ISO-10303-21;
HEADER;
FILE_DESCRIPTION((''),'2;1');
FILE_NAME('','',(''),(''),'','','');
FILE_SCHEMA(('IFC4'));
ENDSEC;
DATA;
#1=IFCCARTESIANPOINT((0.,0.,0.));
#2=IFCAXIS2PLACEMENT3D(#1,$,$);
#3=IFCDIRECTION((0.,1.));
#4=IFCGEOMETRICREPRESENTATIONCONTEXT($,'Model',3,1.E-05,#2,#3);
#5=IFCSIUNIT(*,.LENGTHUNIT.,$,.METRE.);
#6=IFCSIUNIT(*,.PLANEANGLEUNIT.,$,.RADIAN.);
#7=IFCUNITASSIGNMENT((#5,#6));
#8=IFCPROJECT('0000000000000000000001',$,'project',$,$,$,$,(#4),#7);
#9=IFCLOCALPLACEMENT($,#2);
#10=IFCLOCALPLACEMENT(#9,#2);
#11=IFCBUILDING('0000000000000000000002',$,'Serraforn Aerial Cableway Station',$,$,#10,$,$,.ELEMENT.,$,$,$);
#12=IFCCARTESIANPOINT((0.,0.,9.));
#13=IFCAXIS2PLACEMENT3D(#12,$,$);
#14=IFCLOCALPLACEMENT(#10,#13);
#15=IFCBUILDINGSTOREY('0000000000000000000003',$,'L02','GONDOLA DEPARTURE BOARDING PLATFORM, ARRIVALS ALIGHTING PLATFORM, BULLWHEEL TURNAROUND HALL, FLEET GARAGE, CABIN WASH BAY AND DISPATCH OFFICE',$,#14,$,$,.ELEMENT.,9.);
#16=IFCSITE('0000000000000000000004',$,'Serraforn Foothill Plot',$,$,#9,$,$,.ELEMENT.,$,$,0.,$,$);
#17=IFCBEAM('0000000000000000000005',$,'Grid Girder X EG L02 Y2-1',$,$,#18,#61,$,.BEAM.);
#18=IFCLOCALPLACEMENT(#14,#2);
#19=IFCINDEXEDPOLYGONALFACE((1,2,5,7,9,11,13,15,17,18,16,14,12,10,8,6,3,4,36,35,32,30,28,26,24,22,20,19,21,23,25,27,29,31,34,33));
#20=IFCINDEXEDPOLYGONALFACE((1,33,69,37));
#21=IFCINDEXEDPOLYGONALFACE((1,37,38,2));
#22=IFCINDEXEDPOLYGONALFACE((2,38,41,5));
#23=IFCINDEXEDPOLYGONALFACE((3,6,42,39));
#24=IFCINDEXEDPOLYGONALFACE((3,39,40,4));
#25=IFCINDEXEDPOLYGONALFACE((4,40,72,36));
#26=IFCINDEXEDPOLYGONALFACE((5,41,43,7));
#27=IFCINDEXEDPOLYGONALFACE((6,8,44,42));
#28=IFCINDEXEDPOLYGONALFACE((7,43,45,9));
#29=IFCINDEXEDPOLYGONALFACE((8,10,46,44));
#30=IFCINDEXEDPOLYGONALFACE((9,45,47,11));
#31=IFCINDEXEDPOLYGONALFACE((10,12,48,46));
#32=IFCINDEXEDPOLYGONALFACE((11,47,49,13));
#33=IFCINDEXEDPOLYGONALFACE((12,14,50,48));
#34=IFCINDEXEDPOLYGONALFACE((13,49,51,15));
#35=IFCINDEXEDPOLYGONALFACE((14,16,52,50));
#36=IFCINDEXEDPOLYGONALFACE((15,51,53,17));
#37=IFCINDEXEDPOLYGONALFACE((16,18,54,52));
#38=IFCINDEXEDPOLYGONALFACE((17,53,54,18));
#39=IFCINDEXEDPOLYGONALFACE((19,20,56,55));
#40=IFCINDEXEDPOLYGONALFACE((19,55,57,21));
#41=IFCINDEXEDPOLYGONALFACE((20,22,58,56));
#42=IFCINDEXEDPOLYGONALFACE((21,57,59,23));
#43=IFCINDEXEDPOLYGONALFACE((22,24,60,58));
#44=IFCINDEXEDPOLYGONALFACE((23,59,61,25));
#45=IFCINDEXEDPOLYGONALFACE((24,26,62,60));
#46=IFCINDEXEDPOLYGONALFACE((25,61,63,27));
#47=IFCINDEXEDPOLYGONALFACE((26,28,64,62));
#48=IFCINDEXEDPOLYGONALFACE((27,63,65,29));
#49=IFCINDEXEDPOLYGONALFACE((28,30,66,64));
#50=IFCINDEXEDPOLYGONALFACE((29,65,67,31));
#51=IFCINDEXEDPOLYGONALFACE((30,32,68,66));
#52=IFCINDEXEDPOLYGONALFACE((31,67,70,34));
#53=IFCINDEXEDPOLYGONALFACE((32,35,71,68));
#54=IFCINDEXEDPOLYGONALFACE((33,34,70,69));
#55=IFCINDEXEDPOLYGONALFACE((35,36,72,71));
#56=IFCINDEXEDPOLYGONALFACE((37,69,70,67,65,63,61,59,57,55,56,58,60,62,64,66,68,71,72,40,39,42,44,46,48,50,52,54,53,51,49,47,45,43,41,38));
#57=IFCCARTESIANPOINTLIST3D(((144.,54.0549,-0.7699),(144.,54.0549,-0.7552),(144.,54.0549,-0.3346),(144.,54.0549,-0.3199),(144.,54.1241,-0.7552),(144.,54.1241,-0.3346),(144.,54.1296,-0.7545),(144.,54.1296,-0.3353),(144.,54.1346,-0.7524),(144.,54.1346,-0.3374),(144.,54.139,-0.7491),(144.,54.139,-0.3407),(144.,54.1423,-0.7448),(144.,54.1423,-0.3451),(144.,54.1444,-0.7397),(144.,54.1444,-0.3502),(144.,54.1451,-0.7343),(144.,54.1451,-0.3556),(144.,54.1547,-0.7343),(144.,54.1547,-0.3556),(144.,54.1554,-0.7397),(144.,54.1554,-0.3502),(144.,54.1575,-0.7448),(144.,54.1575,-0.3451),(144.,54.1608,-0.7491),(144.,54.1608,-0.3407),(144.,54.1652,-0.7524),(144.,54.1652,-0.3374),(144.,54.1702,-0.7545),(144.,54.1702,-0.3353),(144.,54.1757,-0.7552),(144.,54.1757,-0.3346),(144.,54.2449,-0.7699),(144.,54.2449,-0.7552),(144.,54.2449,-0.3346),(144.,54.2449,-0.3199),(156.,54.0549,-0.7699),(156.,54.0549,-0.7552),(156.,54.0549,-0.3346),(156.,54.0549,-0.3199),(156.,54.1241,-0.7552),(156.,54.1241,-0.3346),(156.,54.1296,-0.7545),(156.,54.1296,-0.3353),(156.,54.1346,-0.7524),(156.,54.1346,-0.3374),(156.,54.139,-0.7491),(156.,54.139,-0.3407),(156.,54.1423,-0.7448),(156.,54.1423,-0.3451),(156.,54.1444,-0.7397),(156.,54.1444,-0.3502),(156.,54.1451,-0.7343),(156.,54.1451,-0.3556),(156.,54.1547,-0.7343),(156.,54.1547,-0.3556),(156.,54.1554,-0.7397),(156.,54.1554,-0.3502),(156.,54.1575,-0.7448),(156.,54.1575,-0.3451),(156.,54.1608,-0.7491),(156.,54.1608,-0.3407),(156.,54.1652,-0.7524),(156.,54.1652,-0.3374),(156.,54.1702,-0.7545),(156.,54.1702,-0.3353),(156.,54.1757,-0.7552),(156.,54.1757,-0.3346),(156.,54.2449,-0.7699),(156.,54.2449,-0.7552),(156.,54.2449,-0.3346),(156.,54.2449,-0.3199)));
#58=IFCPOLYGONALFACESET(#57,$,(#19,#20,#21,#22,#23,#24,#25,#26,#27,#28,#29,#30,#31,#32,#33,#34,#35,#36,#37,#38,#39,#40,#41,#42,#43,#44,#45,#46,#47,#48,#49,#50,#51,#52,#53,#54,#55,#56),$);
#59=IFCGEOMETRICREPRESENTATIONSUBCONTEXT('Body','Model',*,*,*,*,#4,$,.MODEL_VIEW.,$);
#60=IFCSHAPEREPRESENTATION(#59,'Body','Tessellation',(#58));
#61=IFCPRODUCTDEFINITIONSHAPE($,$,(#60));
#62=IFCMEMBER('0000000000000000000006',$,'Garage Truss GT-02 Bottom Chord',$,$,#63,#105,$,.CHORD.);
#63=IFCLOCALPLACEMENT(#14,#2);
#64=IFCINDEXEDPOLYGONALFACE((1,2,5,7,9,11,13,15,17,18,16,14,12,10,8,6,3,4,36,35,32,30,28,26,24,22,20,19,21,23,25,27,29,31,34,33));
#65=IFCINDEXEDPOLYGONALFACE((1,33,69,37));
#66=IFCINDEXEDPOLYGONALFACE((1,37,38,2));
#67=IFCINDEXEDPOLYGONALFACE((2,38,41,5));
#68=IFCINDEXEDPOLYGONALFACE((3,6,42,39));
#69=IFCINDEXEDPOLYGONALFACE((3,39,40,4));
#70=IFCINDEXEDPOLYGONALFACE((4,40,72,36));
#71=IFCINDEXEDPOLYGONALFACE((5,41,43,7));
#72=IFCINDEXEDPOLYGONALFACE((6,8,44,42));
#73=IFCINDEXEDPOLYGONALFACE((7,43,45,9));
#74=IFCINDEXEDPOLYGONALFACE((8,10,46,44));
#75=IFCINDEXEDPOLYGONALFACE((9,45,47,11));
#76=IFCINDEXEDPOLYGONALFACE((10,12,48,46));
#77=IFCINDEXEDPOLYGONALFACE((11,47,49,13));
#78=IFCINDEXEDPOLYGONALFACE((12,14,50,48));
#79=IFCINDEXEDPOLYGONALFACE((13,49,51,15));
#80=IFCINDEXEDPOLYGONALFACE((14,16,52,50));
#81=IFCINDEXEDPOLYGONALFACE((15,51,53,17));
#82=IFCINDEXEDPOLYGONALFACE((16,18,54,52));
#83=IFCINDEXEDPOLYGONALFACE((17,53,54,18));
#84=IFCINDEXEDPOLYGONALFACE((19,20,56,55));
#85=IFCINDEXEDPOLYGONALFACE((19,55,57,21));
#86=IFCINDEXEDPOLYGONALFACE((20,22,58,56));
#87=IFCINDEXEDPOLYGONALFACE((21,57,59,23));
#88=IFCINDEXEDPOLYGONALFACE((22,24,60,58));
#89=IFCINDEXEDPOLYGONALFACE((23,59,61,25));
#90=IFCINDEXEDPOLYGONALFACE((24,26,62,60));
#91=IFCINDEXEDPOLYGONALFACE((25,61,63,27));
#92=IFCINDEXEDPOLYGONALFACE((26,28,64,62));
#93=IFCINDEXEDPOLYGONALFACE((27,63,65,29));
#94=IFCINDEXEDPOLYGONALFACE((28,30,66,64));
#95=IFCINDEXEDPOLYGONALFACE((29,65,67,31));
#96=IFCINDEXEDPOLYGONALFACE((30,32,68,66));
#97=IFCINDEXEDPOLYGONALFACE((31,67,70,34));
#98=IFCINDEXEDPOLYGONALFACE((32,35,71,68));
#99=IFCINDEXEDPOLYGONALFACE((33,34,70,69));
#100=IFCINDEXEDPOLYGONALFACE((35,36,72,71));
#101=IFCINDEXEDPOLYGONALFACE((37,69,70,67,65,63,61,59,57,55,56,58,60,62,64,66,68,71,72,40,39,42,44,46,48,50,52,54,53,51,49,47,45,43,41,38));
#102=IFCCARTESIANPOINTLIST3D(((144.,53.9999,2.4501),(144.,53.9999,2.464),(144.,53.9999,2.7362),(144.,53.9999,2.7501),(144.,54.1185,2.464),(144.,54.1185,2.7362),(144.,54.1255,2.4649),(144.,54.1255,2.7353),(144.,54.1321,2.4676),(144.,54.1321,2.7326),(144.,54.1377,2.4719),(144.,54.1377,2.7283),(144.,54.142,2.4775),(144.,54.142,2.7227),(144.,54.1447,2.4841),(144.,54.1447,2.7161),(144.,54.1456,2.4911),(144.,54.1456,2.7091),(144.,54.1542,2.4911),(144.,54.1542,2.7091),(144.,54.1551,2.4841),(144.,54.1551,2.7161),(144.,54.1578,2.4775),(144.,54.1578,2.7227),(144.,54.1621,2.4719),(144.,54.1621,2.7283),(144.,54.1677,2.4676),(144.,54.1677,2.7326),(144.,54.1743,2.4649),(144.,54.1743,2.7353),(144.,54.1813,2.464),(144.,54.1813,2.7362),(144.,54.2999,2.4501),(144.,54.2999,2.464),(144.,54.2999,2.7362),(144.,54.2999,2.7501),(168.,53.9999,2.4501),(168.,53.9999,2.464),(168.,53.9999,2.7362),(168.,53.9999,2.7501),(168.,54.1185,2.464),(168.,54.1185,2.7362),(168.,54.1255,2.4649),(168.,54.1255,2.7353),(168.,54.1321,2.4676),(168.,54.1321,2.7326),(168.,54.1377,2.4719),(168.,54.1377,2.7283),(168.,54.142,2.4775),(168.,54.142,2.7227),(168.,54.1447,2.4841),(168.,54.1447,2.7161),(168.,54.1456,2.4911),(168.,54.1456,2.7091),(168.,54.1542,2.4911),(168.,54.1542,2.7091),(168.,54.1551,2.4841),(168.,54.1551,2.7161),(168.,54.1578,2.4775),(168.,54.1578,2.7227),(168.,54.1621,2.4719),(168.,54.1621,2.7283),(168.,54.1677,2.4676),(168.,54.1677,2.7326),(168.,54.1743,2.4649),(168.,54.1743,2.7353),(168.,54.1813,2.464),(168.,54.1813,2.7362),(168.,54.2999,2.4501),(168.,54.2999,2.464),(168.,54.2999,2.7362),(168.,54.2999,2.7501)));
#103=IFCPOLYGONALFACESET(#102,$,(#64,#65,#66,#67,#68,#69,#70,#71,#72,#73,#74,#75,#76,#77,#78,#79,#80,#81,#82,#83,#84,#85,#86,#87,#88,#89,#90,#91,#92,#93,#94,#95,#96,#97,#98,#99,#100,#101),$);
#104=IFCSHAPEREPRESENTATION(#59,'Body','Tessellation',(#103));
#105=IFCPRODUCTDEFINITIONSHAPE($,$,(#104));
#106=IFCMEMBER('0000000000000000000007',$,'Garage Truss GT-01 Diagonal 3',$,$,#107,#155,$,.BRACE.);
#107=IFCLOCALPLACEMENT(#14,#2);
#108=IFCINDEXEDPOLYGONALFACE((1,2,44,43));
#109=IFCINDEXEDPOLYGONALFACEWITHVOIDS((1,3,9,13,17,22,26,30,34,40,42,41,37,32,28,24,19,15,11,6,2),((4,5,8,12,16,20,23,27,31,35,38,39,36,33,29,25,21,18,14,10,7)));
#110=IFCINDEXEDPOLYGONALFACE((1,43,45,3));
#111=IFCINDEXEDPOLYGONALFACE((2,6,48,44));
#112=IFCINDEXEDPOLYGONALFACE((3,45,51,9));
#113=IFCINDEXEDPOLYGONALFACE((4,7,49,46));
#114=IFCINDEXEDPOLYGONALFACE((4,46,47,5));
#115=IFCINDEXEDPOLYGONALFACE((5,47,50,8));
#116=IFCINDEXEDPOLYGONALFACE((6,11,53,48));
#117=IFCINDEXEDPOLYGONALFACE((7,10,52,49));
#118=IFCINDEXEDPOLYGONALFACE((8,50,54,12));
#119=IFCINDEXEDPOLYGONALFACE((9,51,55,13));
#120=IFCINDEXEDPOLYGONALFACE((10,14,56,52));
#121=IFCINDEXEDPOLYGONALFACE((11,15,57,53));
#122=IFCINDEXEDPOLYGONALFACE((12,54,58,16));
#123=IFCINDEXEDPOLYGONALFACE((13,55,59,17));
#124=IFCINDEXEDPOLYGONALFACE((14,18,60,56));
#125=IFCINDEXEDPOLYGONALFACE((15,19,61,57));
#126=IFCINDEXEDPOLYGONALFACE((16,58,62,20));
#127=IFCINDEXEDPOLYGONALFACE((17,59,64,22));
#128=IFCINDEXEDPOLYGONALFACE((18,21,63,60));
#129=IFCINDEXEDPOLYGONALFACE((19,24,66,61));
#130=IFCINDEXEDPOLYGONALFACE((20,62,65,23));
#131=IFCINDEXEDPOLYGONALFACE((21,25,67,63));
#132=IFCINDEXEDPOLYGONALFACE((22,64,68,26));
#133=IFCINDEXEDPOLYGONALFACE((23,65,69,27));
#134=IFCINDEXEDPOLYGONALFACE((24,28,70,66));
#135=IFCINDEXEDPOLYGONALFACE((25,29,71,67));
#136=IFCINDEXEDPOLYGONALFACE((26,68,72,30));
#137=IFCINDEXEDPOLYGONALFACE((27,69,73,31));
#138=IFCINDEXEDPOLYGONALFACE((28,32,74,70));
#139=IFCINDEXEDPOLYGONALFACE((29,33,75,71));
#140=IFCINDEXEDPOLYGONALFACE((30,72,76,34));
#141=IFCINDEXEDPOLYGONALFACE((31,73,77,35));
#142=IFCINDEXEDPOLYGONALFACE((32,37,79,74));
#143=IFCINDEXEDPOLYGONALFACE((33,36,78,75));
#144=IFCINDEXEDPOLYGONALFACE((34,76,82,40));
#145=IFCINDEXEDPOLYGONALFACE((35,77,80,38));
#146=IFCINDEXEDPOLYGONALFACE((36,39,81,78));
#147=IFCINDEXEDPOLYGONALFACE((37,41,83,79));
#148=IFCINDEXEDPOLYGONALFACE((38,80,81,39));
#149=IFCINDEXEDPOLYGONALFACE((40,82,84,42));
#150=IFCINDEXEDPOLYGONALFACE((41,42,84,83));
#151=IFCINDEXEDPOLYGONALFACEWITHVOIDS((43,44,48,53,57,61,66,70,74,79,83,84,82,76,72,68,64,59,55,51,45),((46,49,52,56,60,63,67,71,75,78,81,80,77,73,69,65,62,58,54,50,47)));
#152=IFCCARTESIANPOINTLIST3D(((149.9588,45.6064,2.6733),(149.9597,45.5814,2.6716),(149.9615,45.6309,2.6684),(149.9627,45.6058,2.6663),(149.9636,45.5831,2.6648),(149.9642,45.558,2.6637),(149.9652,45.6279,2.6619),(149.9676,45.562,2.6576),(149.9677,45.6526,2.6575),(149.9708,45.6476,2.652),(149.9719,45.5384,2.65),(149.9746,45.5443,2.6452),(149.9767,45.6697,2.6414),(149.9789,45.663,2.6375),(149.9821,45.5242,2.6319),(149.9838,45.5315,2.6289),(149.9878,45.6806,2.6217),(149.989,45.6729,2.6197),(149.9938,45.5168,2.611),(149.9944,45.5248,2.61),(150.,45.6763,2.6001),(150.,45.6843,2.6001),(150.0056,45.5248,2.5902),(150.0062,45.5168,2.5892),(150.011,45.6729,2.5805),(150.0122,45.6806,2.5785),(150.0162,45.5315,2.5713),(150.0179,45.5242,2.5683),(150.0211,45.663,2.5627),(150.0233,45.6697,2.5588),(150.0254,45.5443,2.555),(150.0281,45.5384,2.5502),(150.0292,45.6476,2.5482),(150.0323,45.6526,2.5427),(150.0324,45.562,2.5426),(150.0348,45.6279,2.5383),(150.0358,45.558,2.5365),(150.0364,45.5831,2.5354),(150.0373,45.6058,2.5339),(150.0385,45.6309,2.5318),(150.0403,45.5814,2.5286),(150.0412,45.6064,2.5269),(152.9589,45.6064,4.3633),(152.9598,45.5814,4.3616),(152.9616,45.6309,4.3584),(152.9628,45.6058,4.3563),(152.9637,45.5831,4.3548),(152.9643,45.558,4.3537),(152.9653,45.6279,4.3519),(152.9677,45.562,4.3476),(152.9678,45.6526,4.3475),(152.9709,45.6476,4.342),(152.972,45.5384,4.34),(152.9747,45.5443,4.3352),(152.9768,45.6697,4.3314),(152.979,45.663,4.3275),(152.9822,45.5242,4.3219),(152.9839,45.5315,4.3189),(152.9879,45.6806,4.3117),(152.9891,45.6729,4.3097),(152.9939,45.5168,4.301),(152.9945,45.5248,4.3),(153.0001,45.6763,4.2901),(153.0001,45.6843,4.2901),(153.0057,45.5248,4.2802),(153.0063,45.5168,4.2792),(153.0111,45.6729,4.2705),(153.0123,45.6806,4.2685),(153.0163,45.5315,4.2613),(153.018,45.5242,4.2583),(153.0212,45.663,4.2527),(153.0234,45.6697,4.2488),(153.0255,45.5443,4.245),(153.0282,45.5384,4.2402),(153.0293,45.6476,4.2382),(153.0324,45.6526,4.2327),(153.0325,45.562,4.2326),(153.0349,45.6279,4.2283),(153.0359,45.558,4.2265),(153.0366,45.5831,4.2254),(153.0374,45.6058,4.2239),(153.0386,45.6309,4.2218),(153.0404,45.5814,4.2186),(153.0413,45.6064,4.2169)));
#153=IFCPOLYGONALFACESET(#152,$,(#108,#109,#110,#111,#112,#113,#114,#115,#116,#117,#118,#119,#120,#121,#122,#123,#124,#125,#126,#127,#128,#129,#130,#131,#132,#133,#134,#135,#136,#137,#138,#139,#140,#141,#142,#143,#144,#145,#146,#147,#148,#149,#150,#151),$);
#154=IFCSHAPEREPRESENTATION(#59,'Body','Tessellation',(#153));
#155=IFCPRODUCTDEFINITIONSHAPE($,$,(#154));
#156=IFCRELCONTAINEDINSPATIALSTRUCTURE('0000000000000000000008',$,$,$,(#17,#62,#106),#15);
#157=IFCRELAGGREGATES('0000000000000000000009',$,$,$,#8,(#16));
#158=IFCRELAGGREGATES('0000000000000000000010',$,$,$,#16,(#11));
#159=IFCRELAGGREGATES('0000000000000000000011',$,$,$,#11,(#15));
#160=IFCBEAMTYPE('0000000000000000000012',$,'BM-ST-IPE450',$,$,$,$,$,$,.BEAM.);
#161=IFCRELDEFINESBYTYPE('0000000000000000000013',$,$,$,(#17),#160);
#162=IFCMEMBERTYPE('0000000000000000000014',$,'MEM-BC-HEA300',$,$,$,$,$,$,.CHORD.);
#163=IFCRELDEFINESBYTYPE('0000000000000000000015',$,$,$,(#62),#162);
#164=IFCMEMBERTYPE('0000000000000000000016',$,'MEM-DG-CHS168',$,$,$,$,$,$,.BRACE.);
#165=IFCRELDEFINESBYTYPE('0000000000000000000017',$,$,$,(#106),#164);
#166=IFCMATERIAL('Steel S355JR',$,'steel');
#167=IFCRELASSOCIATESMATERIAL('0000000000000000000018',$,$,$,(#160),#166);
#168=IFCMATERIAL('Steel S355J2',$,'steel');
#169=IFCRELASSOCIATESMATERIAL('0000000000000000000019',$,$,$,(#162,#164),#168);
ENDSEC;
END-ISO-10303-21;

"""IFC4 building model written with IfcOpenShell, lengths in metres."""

from ifc_helpers import new_model, si_unit, direction, frame, origin, origin_2d, place, context, subcontext, project, spatial, hollow_circle, i_section, extrude, material, material_profile, profile_set, type_object, element, save


model = new_model("IFC4")

# Units and contexts
model_context = context("Model", 3, precision=1e-05, world=origin(), true_north=direction((0.0, 1.0)))
body_context = subcontext(model_context, "Body", "Model", "MODEL_VIEW")
ifc_project = project(units=[si_unit("LENGTHUNIT", "METRE"), si_unit("PLANEANGLEUNIT", "RADIAN")], contexts=[model_context])

# Site, building, storey
site_placement = place(None, origin())
site = spatial("IfcSite", under=ifc_project, at=site_placement, Name="Serraforn Foothill Plot", CompositionType="ELEMENT", RefElevation=0.0)
building_placement = place(site_placement, origin())
building = spatial("IfcBuilding", under=site, at=building_placement, Name="Serraforn Aerial Cableway Station", CompositionType="ELEMENT")
storey_placement = place(building_placement, frame((0.0, 0.0, 9.0)))
storey = spatial("IfcBuildingStorey", under=building, at=storey_placement, Name="L02", Description="GONDOLA DEPARTURE BOARDING PLATFORM, ARRIVALS ALIGHTING PLATFORM, BULLWHEEL TURNAROUND HALL, FLEET GARAGE, CABIN WASH BAY AND DISPATCH OFFICE", CompositionType="ELEMENT", Elevation=9.0)

# Shared definitions
ifc_material_1 = material(Name="Steel S355J2", Category="steel")

# Beam
ifc_material_2 = material(Name="Steel S355JR", Category="steel")
ifc_material_profile_1 = material_profile(ifc_material_2, i_section(OverallWidth=0.1899, OverallDepth=0.45, WebThickness=0.0095, FlangeThickness=0.0146, FilletRadius=0.021, at=origin_2d()), Name="IPE 450")
ifc_profile_set_1 = profile_set([ifc_material_profile_1], Name="Steel S355JR")
beam_type_1 = type_object("IfcBeamType", Name="BM-ST-IPE450", PredefinedType="BEAM", material=ifc_profile_set_1)
beam_1_placement = place(storey_placement, frame((144.0, 54.1499, -0.5449), z_axis=(1.0, 0.0, 0.0), x_axis=(0.0, 1.0, 0.0)))
element("IfcBeam", 1, at=beam_1_placement, inside=storey, type_object=beam_type_1, Name="Grid Girder X EG L02 Y2-1", PredefinedType="BEAM", context=body_context, shape_type="SweptSolid", body=[
    extrude(i_section(OverallWidth=0.1899, OverallDepth=0.45, WebThickness=0.0095, FlangeThickness=0.0146, FilletRadius=0.021, at=origin_2d()), origin(), (0.0, 0.0, 1.0), 12.0),
])

# Members
ifc_material_profile_2 = material_profile(ifc_material_1, i_section(OverallWidth=0.3, OverallDepth=0.3, WebThickness=0.0085, FlangeThickness=0.0139, FilletRadius=0.0271, at=origin_2d()), Name="HEA 300")
ifc_profile_set_2 = profile_set([ifc_material_profile_2], Name="Steel S355J2")
member_type_1 = type_object("IfcMemberType", Name="MEM-BC-HEA300", PredefinedType="CHORD", material=ifc_profile_set_2)
member_1_placement = place(storey_placement, frame((144.0, 54.1499, 2.6001), z_axis=(1.0, 0.0, 0.0), x_axis=(0.0, 1.0, 0.0)))
element("IfcMember", 2, at=member_1_placement, inside=storey, type_object=member_type_1, Name="Garage Truss GT-02 Bottom Chord", PredefinedType="CHORD", context=body_context, shape_type="SweptSolid", body=[
    extrude(i_section(OverallWidth=0.3, OverallDepth=0.3, WebThickness=0.0085, FlangeThickness=0.0139, FilletRadius=0.0271, at=origin_2d()), origin(), (0.0, 0.0, 1.0), 24.0),
])
ifc_material_profile_3 = material_profile(ifc_material_1, hollow_circle(Radius=0.0842, WallThickness=0.0081, at=origin_2d()), Name="CHS 168.3x8.0")
ifc_profile_set_3 = profile_set([ifc_material_profile_3], Name="Steel S355J2")
member_type_2 = type_object("IfcMemberType", Name="MEM-DG-CHS168", PredefinedType="BRACE", material=ifc_profile_set_3)
for number, where, z_axis, x_axis, name in (
    (3, (150.0, 45.6001, 2.6001), (0.871272, 0.0, 0.4908), (0.0, 1.0, 0.0), "Garage Truss GT-01 Diagonal 3"),
):
    element("IfcMember", number, at=place(storey_placement, frame(where, z_axis=z_axis, x_axis=x_axis)), inside=storey, type_object=member_type_2, Name=name, PredefinedType="BRACE", context=body_context, shape_type="SweptSolid", body=[
        extrude(hollow_circle(Radius=0.0842, WallThickness=0.0081, at=origin_2d()), origin(), (0.0, 0.0, 1.0), 3.4434),
    ])

save(model, "model.ifc")
